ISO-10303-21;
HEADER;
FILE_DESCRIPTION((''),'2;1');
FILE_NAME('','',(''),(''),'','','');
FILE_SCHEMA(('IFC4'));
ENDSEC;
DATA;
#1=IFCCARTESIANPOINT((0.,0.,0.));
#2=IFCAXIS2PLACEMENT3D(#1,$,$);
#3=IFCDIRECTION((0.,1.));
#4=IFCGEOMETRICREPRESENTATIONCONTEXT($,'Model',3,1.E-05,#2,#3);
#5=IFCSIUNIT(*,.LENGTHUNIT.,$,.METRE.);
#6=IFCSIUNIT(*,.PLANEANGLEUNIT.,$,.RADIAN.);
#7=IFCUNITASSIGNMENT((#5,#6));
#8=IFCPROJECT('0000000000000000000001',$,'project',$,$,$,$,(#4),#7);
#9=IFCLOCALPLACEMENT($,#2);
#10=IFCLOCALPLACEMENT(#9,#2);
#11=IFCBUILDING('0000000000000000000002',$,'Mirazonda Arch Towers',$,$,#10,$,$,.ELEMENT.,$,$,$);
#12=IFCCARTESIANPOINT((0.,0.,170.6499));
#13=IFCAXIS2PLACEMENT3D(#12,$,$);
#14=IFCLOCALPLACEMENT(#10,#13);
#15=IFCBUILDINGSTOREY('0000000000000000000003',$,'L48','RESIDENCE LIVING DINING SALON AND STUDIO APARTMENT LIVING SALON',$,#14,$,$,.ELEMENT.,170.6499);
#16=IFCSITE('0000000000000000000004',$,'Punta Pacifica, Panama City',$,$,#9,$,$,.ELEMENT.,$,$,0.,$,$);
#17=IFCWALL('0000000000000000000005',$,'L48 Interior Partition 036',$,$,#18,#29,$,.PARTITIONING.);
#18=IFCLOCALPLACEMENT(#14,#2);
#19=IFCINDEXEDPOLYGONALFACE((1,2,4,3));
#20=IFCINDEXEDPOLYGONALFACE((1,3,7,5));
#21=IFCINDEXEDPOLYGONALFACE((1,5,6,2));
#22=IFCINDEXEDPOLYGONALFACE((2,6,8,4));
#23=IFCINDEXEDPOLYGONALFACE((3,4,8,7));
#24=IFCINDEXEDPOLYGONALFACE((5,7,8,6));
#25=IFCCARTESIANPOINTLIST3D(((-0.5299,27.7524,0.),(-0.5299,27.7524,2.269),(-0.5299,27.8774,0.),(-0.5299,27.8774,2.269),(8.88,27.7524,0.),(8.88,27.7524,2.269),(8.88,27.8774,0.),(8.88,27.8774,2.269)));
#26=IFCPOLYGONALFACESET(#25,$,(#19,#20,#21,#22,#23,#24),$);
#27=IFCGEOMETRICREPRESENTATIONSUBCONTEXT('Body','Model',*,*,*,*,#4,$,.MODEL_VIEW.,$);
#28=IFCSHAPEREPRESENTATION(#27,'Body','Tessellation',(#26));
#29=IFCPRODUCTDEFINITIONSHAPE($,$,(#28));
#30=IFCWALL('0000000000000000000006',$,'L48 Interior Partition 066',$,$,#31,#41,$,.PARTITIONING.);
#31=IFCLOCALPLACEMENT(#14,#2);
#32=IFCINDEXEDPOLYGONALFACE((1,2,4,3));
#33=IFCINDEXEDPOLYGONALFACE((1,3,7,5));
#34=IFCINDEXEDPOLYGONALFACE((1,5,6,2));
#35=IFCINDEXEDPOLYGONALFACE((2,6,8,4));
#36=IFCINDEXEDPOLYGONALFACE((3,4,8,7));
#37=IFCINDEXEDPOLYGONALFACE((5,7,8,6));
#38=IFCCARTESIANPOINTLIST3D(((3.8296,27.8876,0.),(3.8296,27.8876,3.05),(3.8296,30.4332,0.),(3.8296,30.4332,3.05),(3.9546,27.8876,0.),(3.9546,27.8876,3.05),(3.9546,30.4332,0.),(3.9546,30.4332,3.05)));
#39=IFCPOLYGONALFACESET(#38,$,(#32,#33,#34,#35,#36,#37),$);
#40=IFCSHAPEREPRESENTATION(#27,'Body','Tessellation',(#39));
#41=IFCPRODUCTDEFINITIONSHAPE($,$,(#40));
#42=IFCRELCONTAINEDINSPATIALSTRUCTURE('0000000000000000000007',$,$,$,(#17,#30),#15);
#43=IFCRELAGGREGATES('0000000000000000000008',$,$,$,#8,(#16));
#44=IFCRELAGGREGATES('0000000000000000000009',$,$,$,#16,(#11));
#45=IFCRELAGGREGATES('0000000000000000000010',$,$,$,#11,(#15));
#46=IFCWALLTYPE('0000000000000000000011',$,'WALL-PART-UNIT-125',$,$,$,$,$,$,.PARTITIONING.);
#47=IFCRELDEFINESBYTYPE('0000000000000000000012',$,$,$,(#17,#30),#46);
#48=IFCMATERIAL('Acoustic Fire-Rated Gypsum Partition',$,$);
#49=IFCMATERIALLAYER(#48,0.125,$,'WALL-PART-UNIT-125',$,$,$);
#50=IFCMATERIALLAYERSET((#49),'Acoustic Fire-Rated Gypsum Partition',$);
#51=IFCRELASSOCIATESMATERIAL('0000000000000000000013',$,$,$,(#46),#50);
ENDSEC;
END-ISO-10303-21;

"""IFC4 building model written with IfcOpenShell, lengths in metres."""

from ifc_helpers import new_model, si_unit, direction, frame, frame_2d, origin, place, context, subcontext, project, spatial, rectangle, extrude, material, layer, layer_set, type_object, element, save


model = new_model("IFC4")

# Units and contexts
model_context = context("Model", 3, precision=1e-05, world=origin(), true_north=direction((0.0, 1.0)))
body_context = subcontext(model_context, "Body", "Model", "MODEL_VIEW")
ifc_project = project(units=[si_unit("LENGTHUNIT", "METRE"), si_unit("PLANEANGLEUNIT", "RADIAN")], contexts=[model_context])

# Site, building, storey
site_placement = place(None, origin())
site = spatial("IfcSite", under=ifc_project, at=site_placement, Name="Punta Pacifica, Panama City", CompositionType="ELEMENT", RefElevation=0.0)
building_placement = place(site_placement, origin())
building = spatial("IfcBuilding", under=site, at=building_placement, Name="Mirazonda Arch Towers", CompositionType="ELEMENT")
storey_placement = place(building_placement, frame((0.0, 0.0, 170.6499)))
storey = spatial("IfcBuildingStorey", under=building, at=storey_placement, Name="L48", Description="RESIDENCE LIVING DINING SALON AND STUDIO APARTMENT LIVING SALON", CompositionType="ELEMENT", Elevation=170.6499)

# Walls
ifc_material_1 = material(Name="Acoustic Fire-Rated Gypsum Partition")
ifc_layer_1 = layer(ifc_material_1, 0.125, Name="WALL-PART-UNIT-125")
ifc_layer_set_1 = layer_set([ifc_layer_1], Name="Acoustic Fire-Rated Gypsum Partition")
wall_type_1 = type_object("IfcWallType", Name="WALL-PART-UNIT-125", PredefinedType="PARTITIONING", material=ifc_layer_set_1)
wall_1_placement = place(storey_placement, frame((-0.53, 27.8149, 0.0), z_axis=(0.0, 0.0, 1.0), x_axis=(1.0, 0.0, 0.0)))
element("IfcWall", 1, at=wall_1_placement, inside=storey, type_object=wall_type_1, Name="L48 Interior Partition 036", PredefinedType="PARTITIONING", context=body_context, shape_type="SweptSolid", body=[
    extrude(rectangle(XDim=9.4099, YDim=0.125, at=frame_2d((4.7051, 0.0))), origin(), (0.0, 0.0, 1.0), 2.269),
])
wall_2_placement = place(storey_placement, frame((3.8921, 27.8875, 0.0), z_axis=(0.0, 0.0, 1.0), x_axis=(0.0, 1.0, 0.0)))
element("IfcWall", 2, at=wall_2_placement, inside=storey, type_object=wall_type_1, Name="L48 Interior Partition 066", PredefinedType="PARTITIONING", context=body_context, shape_type="SweptSolid", body=[
    extrude(rectangle(XDim=2.5457, YDim=0.125, at=frame_2d((1.2729, 0.0))), origin(), (0.0, 0.0, 1.0), 3.05),
])

save(model, "model.ifc")
